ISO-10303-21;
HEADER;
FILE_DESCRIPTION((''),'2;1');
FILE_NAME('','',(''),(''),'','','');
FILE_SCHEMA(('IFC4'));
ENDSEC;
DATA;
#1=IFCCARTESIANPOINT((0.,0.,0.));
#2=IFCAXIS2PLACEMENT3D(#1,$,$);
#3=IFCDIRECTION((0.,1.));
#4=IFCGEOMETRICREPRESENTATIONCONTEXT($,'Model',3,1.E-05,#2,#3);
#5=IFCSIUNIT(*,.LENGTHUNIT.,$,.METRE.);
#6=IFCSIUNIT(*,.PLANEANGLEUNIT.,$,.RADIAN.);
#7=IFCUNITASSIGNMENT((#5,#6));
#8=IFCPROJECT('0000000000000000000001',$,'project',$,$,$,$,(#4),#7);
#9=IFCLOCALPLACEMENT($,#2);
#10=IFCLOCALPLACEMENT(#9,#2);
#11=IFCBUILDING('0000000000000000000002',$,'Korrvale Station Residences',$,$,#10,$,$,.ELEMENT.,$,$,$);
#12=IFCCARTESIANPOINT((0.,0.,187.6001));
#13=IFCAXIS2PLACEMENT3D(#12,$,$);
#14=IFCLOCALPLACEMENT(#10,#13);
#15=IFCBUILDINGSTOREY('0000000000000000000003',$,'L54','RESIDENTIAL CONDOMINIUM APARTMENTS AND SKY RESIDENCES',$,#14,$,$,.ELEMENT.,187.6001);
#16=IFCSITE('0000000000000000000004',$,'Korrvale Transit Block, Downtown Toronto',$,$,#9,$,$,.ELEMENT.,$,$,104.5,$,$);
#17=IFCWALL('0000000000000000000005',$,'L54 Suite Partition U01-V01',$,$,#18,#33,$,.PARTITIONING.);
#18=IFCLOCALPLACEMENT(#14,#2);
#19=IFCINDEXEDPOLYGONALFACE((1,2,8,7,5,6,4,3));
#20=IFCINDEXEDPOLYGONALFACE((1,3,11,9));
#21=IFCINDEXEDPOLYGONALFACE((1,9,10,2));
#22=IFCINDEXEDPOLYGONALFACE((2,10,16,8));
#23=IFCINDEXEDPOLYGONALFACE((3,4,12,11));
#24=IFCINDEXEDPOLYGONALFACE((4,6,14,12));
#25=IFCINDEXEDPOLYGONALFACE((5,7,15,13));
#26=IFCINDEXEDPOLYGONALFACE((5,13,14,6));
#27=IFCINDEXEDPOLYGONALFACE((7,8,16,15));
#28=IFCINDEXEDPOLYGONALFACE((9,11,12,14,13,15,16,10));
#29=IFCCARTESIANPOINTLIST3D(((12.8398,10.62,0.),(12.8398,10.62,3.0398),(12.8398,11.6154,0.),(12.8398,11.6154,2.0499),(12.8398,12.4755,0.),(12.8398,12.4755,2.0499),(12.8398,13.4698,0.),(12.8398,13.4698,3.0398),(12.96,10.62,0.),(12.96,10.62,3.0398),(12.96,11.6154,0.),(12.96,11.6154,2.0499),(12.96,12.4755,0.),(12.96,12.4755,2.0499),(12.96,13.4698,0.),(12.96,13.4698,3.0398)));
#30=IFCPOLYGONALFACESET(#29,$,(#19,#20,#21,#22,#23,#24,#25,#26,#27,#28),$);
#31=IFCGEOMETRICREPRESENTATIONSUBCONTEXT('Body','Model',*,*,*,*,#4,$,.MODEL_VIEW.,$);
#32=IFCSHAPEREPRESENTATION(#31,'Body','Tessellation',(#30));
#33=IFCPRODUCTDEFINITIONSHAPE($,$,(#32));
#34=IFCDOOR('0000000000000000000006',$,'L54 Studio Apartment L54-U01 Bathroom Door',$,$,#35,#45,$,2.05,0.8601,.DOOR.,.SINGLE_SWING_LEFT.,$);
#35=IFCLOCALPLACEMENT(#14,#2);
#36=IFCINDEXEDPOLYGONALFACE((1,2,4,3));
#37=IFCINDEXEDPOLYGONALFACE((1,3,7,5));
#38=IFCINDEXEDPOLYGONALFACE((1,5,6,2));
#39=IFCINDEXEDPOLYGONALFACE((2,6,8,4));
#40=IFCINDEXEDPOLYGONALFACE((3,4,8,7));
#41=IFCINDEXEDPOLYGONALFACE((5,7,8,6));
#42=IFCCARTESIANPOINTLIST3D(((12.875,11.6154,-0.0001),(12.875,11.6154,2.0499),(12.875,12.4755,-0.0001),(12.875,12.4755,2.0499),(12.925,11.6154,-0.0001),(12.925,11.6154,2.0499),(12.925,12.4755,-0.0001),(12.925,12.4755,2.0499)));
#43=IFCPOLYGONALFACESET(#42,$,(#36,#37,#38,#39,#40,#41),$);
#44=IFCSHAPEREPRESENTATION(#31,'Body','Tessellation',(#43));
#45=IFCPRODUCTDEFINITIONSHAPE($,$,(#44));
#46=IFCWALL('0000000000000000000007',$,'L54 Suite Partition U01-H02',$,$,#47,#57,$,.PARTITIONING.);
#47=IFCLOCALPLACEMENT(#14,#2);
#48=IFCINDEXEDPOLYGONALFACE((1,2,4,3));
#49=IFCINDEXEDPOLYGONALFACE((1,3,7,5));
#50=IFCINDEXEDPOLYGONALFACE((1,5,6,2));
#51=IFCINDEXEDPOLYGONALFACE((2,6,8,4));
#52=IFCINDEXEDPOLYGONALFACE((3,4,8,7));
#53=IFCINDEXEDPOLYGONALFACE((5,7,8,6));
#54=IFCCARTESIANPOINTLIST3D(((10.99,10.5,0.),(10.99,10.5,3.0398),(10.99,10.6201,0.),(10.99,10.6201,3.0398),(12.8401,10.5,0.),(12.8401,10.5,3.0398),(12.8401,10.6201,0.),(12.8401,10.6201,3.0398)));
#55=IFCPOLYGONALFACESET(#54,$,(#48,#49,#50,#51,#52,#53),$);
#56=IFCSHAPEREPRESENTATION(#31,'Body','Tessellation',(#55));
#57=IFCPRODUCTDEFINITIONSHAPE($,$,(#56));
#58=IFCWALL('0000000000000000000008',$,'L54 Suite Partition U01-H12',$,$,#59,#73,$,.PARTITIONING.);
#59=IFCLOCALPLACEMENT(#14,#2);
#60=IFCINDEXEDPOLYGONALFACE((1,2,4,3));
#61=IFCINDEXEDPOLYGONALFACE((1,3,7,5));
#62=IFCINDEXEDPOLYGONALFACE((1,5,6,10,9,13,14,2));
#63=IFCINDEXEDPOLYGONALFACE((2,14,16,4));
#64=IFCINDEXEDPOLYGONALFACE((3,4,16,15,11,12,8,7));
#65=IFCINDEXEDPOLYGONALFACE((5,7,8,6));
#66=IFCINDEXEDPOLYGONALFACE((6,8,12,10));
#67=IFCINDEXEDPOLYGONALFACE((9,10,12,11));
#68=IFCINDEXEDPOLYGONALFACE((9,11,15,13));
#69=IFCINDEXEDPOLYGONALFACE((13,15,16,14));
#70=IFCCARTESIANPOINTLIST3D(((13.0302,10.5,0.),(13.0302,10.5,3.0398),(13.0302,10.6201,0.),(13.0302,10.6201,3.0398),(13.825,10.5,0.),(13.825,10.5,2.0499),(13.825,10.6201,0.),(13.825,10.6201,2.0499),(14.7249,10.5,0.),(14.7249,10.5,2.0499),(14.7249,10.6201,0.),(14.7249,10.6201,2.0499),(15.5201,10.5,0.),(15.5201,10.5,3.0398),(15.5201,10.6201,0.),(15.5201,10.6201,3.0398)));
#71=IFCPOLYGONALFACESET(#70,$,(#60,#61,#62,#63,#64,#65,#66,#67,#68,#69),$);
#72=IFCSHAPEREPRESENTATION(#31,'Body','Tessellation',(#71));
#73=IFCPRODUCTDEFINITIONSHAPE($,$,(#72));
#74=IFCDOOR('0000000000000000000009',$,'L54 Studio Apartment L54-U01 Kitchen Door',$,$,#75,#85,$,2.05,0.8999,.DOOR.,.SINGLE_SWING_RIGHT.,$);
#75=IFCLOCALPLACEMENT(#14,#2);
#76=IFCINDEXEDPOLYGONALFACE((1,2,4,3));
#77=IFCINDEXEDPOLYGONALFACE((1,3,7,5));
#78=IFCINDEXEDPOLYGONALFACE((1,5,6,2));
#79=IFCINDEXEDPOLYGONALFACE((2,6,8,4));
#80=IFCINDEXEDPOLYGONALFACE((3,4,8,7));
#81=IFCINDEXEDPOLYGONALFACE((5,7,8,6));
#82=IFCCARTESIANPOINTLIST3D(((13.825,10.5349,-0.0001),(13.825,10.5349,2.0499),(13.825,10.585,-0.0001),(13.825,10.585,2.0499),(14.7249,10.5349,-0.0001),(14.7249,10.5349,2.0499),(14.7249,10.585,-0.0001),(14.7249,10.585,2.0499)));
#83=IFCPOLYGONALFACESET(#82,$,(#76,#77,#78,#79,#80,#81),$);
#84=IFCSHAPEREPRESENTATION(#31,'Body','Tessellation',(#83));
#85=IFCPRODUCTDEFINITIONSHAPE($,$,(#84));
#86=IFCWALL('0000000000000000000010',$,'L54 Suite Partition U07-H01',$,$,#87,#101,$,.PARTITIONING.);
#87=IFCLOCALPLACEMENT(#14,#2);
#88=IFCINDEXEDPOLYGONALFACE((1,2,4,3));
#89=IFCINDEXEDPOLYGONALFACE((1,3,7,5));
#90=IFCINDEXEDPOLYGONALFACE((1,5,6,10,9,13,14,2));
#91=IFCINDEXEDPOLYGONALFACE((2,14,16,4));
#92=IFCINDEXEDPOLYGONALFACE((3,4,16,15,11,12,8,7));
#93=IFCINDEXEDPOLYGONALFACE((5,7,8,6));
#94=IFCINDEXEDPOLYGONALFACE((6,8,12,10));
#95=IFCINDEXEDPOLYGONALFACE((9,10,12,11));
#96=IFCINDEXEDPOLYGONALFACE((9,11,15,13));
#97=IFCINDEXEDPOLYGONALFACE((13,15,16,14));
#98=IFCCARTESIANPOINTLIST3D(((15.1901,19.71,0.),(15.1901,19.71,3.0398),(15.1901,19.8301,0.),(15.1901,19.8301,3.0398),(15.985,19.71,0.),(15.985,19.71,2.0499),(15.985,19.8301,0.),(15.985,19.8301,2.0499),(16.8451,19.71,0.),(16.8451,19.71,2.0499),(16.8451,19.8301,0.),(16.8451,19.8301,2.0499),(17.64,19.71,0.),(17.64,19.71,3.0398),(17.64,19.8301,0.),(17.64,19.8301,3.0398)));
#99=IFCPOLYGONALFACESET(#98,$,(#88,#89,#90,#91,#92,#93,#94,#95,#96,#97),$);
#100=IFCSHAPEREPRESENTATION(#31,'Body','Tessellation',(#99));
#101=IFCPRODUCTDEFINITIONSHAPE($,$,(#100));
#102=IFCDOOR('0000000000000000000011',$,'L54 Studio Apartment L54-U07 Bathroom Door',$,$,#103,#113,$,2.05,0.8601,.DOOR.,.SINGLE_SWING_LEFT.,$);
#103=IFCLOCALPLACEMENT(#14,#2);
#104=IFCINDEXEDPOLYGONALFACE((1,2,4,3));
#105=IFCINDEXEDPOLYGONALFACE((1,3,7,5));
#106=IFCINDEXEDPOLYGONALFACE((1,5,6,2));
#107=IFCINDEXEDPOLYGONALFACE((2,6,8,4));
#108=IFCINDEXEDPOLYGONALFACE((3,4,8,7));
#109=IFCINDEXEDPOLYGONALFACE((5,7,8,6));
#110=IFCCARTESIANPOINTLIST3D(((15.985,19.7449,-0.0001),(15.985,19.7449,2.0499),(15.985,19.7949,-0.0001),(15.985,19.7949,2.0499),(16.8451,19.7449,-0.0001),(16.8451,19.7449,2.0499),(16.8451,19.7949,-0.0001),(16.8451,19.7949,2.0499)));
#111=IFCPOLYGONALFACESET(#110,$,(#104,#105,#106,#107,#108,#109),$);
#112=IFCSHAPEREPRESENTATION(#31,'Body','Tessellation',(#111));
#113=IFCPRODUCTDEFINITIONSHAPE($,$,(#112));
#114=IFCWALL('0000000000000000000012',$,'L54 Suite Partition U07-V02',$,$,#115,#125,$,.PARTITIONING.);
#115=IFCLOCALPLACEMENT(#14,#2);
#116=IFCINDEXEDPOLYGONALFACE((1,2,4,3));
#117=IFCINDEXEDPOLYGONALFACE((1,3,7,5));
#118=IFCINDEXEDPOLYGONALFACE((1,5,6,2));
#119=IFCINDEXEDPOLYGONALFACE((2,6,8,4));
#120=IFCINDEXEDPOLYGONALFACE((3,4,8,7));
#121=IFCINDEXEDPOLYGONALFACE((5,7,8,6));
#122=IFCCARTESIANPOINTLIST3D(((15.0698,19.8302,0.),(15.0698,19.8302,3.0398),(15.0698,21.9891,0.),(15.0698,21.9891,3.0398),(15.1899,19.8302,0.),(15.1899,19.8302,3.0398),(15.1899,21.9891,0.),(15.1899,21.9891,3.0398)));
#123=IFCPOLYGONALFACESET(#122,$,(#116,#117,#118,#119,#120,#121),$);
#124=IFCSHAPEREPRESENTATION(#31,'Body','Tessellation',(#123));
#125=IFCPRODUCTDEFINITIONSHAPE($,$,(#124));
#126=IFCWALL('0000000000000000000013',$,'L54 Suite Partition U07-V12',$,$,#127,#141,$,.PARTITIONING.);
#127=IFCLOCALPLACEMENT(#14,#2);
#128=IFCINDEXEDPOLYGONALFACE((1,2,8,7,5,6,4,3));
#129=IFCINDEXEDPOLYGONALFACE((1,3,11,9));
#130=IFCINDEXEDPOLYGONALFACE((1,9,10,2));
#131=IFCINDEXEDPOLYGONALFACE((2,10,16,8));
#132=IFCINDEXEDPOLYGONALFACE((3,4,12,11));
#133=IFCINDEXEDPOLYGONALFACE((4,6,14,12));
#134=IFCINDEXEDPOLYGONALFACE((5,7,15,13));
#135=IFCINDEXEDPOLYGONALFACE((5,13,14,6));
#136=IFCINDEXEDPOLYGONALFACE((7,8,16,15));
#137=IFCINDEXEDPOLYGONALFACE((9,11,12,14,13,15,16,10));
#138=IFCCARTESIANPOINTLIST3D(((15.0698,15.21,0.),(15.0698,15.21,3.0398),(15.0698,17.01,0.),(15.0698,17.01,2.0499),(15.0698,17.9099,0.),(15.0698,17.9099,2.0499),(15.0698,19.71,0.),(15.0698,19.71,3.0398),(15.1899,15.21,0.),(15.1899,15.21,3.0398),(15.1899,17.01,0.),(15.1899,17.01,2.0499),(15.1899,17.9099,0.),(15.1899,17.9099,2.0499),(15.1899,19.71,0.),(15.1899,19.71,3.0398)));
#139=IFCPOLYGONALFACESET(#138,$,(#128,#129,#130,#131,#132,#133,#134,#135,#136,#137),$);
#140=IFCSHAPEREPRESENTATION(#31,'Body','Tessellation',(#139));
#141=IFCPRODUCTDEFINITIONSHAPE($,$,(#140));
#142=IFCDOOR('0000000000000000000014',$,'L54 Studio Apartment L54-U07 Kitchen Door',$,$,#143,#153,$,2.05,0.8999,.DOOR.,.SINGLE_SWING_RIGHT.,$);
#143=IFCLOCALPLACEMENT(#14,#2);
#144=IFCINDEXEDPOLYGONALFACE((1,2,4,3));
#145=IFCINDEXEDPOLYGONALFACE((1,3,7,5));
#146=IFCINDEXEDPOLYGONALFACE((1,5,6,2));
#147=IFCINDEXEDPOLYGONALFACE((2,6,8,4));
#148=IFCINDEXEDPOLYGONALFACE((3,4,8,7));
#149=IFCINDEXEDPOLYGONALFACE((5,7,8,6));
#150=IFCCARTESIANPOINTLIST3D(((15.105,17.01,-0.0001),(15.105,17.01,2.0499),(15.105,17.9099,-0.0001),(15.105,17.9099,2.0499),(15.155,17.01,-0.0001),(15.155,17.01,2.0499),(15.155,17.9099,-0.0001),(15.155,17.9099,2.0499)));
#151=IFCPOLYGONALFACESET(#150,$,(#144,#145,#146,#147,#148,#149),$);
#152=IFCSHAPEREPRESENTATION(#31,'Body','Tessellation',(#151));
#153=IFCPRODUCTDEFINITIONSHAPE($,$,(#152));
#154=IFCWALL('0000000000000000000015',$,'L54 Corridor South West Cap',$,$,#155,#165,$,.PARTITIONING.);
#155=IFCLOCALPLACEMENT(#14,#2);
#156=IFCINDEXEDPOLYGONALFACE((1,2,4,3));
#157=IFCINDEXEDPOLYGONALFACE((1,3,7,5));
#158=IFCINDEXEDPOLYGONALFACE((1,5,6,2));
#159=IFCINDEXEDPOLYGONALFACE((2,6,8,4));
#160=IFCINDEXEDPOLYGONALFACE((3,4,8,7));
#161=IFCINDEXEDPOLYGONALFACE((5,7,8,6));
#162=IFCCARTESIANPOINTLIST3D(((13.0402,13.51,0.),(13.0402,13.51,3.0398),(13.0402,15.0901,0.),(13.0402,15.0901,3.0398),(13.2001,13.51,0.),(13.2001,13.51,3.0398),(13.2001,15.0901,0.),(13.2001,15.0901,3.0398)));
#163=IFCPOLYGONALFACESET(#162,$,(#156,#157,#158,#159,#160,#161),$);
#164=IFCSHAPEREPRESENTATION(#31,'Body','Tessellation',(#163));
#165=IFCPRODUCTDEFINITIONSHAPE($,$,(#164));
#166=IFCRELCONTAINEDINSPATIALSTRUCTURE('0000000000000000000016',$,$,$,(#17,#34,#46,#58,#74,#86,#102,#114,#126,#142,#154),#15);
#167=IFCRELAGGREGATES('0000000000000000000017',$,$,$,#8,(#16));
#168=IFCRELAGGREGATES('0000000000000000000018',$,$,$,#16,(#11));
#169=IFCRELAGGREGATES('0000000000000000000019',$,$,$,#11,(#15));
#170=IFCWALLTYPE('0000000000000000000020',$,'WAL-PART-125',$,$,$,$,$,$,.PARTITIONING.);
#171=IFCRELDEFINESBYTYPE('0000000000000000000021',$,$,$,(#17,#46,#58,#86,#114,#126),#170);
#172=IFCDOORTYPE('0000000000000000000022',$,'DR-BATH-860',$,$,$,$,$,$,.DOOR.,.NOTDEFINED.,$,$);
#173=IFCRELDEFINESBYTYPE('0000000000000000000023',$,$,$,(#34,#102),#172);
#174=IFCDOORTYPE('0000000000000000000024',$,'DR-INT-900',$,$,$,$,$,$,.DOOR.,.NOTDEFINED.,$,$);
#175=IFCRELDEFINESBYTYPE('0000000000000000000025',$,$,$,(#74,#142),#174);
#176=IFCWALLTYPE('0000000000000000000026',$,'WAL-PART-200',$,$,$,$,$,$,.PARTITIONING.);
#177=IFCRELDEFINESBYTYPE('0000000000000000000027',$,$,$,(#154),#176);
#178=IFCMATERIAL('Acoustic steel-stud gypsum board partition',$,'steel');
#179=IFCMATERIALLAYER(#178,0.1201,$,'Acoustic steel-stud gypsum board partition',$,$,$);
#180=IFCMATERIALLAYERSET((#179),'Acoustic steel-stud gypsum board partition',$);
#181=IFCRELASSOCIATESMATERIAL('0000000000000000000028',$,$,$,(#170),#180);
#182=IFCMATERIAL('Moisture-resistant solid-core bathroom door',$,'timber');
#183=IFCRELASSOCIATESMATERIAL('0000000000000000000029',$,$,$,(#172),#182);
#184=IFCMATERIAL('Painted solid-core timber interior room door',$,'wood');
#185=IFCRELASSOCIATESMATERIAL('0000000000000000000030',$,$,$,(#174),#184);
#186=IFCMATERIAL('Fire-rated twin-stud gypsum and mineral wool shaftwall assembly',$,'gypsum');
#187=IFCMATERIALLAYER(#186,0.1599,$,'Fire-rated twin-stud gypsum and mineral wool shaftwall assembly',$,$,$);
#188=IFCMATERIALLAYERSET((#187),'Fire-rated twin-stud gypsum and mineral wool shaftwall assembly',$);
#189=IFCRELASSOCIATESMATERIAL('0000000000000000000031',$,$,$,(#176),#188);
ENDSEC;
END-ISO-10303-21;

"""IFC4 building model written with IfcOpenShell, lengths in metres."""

from ifc_helpers import new_model, si_unit, direction, frame, frame_2d, origin, place, context, subcontext, project, spatial, rectangle, extrude, material, layer, layer_set, type_object, element, fill, save


model = new_model("IFC4")

# Units and contexts
model_context = context("Model", 3, precision=1e-05, world=origin(), true_north=direction((0.0, 1.0)))
body_context = subcontext(model_context, "Body", "Model", "MODEL_VIEW")
ifc_project = project(units=[si_unit("LENGTHUNIT", "METRE"), si_unit("PLANEANGLEUNIT", "RADIAN")], contexts=[model_context])

# Site, building, storey
site_placement = place(None, origin())
site = spatial("IfcSite", under=ifc_project, at=site_placement, Name="Korrvale Transit Block, Downtown Toronto", CompositionType="ELEMENT", RefElevation=104.5)
building_placement = place(site_placement, origin())
building = spatial("IfcBuilding", under=site, at=building_placement, Name="Korrvale Station Residences", CompositionType="ELEMENT")
storey_placement = place(building_placement, frame((0.0, 0.0, 187.6001)))
storey = spatial("IfcBuildingStorey", under=building, at=storey_placement, Name="L54", Description="RESIDENTIAL CONDOMINIUM APARTMENTS AND SKY RESIDENCES", CompositionType="ELEMENT", Elevation=187.6001)

# Wall, opening, door
ifc_material_1 = material(Name="Acoustic steel-stud gypsum board partition", Category="steel")
ifc_layer_1 = layer(ifc_material_1, 0.1201, Name="Acoustic steel-stud gypsum board partition")
ifc_layer_set_1 = layer_set([ifc_layer_1], Name="Acoustic steel-stud gypsum board partition")
wall_type_1 = type_object("IfcWallType", Name="WAL-PART-125", PredefinedType="PARTITIONING", material=ifc_layer_set_1)
wall_1_placement = place(storey_placement, frame((12.8999, 10.6201, 0.0), z_axis=(0.0, 0.0, 1.0), x_axis=(0.0, 1.0, 0.0)))
wall_1 = element("IfcWall", 1, at=wall_1_placement, inside=storey, type_object=wall_type_1, Name="L54 Suite Partition U01-V01", PredefinedType="PARTITIONING", context=body_context, shape_type="SweptSolid", body=[
    extrude(rectangle(XDim=2.8499, YDim=0.1201, at=frame_2d((1.4248, 0.0))), origin(), (0.0, 0.0, 1.0), 3.0398),
])
opening_1_placement = place(wall_1_placement, frame((0.9951, 0.0, 0.0)))
opening_1 = element("IfcOpeningElement", 2, at=opening_1_placement, cuts=wall_1, PredefinedType="OPENING", context=body_context, shape_type="SweptSolid", body=[
    extrude(rectangle(XDim=0.8601, YDim=2.05, at=frame_2d((0.4302, 1.0249))), frame((0.0, 0.0701, 0.0), z_axis=(0.0, -1.0, 0.0), x_axis=(1.0, 0.0, 0.0)), (0.0, 0.0, 1.0), 0.1401),
])
ifc_material_2 = material(Name="Moisture-resistant solid-core bathroom door", Category="timber")
door_type_1 = type_object("IfcDoorType", Name="DR-BATH-860", OperationType="NOTDEFINED", PredefinedType="DOOR", material=ifc_material_2)
door_1_placement = place(opening_1_placement, origin())
door_1 = element("IfcDoor", 3, at=door_1_placement, inside=storey, type_object=door_type_1, Name="L54 Studio Apartment L54-U01 Bathroom Door", OperationType="SINGLE_SWING_LEFT", OverallHeight=2.05, OverallWidth=0.8601, PredefinedType="DOOR", context=body_context, shape_type="SweptSolid", body=[
    extrude(rectangle(XDim=0.8601, YDim=2.05, at=frame_2d((0.4302, 1.0249))), frame((0.0, 0.0249, 0.0), z_axis=(0.0, -1.0, 0.0), x_axis=(1.0, 0.0, 0.0)), (0.0, 0.0, 1.0), 0.05),
])
fill(opening_1, door_1)

# Wall
wall_2_placement = place(storey_placement, frame((10.99, 10.5601, 0.0), z_axis=(0.0, 0.0, 1.0), x_axis=(1.0, 0.0, 0.0)))
element("IfcWall", 4, at=wall_2_placement, inside=storey, type_object=wall_type_1, Name="L54 Suite Partition U01-H02", PredefinedType="PARTITIONING", context=body_context, shape_type="SweptSolid", body=[
    extrude(rectangle(XDim=1.8501, YDim=0.1201, at=frame_2d((0.925, 0.0))), origin(), (0.0, 0.0, 1.0), 3.0398),
])

# Walls, openings, doors
wall_3_placement = place(storey_placement, frame((13.03, 10.5601, 0.0), z_axis=(0.0, 0.0, 1.0), x_axis=(1.0, 0.0, 0.0)))
wall_3 = element("IfcWall", 5, at=wall_3_placement, inside=storey, type_object=wall_type_1, Name="L54 Suite Partition U01-H12", PredefinedType="PARTITIONING", context=body_context, shape_type="SweptSolid", body=[
    extrude(rectangle(XDim=2.49, YDim=0.1201, at=frame_2d((1.2451, 0.0))), origin(), (0.0, 0.0, 1.0), 3.0398),
])
opening_2_placement = place(wall_3_placement, frame((0.7949, 0.0, 0.0)))
opening_2 = element("IfcOpeningElement", 6, at=opening_2_placement, cuts=wall_3, PredefinedType="OPENING", context=body_context, shape_type="SweptSolid", body=[
    extrude(rectangle(XDim=0.8999, YDim=2.05, at=frame_2d((0.45, 1.0249))), frame((0.0, 0.0701, 0.0), z_axis=(0.0, -1.0, 0.0), x_axis=(1.0, 0.0, 0.0)), (0.0, 0.0, 1.0), 0.1401),
])
ifc_material_3 = material(Name="Painted solid-core timber interior room door", Category="wood")
door_type_2 = type_object("IfcDoorType", Name="DR-INT-900", OperationType="NOTDEFINED", PredefinedType="DOOR", material=ifc_material_3)
door_2_placement = place(opening_2_placement, origin())
door_2 = element("IfcDoor", 7, at=door_2_placement, inside=storey, type_object=door_type_2, Name="L54 Studio Apartment L54-U01 Kitchen Door", OperationType="SINGLE_SWING_RIGHT", OverallHeight=2.05, OverallWidth=0.8999, PredefinedType="DOOR", context=body_context, shape_type="SweptSolid", body=[
    extrude(rectangle(XDim=0.8999, YDim=2.05, at=frame_2d((0.45, 1.0249))), frame((0.0, 0.0249, 0.0), z_axis=(0.0, -1.0, 0.0), x_axis=(1.0, 0.0, 0.0)), (0.0, 0.0, 1.0), 0.05),
])
fill(opening_2, door_2)
wall_4_placement = place(storey_placement, frame((15.1899, 19.77, 0.0), z_axis=(0.0, 0.0, 1.0), x_axis=(1.0, 0.0, 0.0)))
wall_4 = element("IfcWall", 8, at=wall_4_placement, inside=storey, type_object=wall_type_1, Name="L54 Suite Partition U07-H01", PredefinedType="PARTITIONING", context=body_context, shape_type="SweptSolid", body=[
    extrude(rectangle(XDim=2.45, YDim=0.1201, at=frame_2d((1.2251, 0.0))), origin(), (0.0, 0.0, 1.0), 3.0398),
])
opening_3_placement = place(wall_4_placement, frame((0.7949, 0.0, 0.0)))
opening_3 = element("IfcOpeningElement", 9, at=opening_3_placement, cuts=wall_4, PredefinedType="OPENING", context=body_context, shape_type="SweptSolid", body=[
    extrude(rectangle(XDim=0.8601, YDim=2.05, at=frame_2d((0.4302, 1.0249))), frame((0.0, 0.0701, 0.0), z_axis=(0.0, -1.0, 0.0), x_axis=(1.0, 0.0, 0.0)), (0.0, 0.0, 1.0), 0.1401),
])
door_3_placement = place(opening_3_placement, origin())
door_3 = element("IfcDoor", 10, at=door_3_placement, inside=storey, type_object=door_type_1, Name="L54 Studio Apartment L54-U07 Bathroom Door", OperationType="SINGLE_SWING_LEFT", OverallHeight=2.05, OverallWidth=0.8601, PredefinedType="DOOR", context=body_context, shape_type="SweptSolid", body=[
    extrude(rectangle(XDim=0.8601, YDim=2.05, at=frame_2d((0.4302, 1.0249))), frame((0.0, 0.0249, 0.0), z_axis=(0.0, -1.0, 0.0), x_axis=(1.0, 0.0, 0.0)), (0.0, 0.0, 1.0), 0.05),
])
fill(opening_3, door_3)

# Wall
wall_5_placement = place(storey_placement, frame((15.1299, 19.8301, 0.0), z_axis=(0.0, 0.0, 1.0), x_axis=(0.0, 1.0, 0.0)))
element("IfcWall", 11, at=wall_5_placement, inside=storey, type_object=wall_type_1, Name="L54 Suite Partition U07-V02", PredefinedType="PARTITIONING", context=body_context, shape_type="SweptSolid", body=[
    extrude(rectangle(XDim=2.1589, YDim=0.1201, at=frame_2d((1.0796, 0.0))), origin(), (0.0, 0.0, 1.0), 3.0398),
])

# Wall, opening, door
wall_6_placement = place(storey_placement, frame((15.1299, 15.21, 0.0), z_axis=(0.0, 0.0, 1.0), x_axis=(0.0, 1.0, 0.0)))
wall_6 = element("IfcWall", 12, at=wall_6_placement, inside=storey, type_object=wall_type_1, Name="L54 Suite Partition U07-V12", PredefinedType="PARTITIONING", context=body_context, shape_type="SweptSolid", body=[
    extrude(rectangle(XDim=4.5, YDim=0.1201, at=frame_2d((2.25, 0.0))), origin(), (0.0, 0.0, 1.0), 3.0398),
])
opening_4_placement = place(wall_6_placement, frame((1.8, 0.0, 0.0)))
opening_4 = element("IfcOpeningElement", 13, at=opening_4_placement, cuts=wall_6, PredefinedType="OPENING", context=body_context, shape_type="SweptSolid", body=[
    extrude(rectangle(XDim=0.8999, YDim=2.05, at=frame_2d((0.45, 1.0249))), frame((0.0, 0.0701, 0.0), z_axis=(0.0, -1.0, 0.0), x_axis=(1.0, 0.0, 0.0)), (0.0, 0.0, 1.0), 0.1401),
])
door_4_placement = place(opening_4_placement, origin())
door_4 = element("IfcDoor", 14, at=door_4_placement, inside=storey, type_object=door_type_2, Name="L54 Studio Apartment L54-U07 Kitchen Door", OperationType="SINGLE_SWING_RIGHT", OverallHeight=2.05, OverallWidth=0.8999, PredefinedType="DOOR", context=body_context, shape_type="SweptSolid", body=[
    extrude(rectangle(XDim=0.8999, YDim=2.05, at=frame_2d((0.45, 1.0249))), frame((0.0, 0.0249, 0.0), z_axis=(0.0, -1.0, 0.0), x_axis=(1.0, 0.0, 0.0)), (0.0, 0.0, 1.0), 0.05),
])
fill(opening_4, door_4)

# Wall
ifc_material_4 = material(Name="Fire-rated twin-stud gypsum and mineral wool shaftwall assembly", Category="gypsum")
ifc_layer_2 = layer(ifc_material_4, 0.1599, Name="Fire-rated twin-stud gypsum and mineral wool shaftwall assembly")
ifc_layer_set_2 = layer_set([ifc_layer_2], Name="Fire-rated twin-stud gypsum and mineral wool shaftwall assembly")
wall_type_2 = type_object("IfcWallType", Name="WAL-PART-200", PredefinedType="PARTITIONING", material=ifc_layer_set_2)
wall_7_placement = place(storey_placement, frame((13.1201, 13.51, 0.0), z_axis=(0.0, 0.0, 1.0), x_axis=(0.0, 1.0, 0.0)))
element("IfcWall", 15, at=wall_7_placement, inside=storey, type_object=wall_type_2, Name="L54 Corridor South West Cap", PredefinedType="PARTITIONING", context=body_context, shape_type="SweptSolid", body=[
    extrude(rectangle(XDim=1.5801, YDim=0.1599, at=frame_2d((0.79, 0.0))), origin(), (0.0, 0.0, 1.0), 3.0398),
])

save(model, "model.ifc")
